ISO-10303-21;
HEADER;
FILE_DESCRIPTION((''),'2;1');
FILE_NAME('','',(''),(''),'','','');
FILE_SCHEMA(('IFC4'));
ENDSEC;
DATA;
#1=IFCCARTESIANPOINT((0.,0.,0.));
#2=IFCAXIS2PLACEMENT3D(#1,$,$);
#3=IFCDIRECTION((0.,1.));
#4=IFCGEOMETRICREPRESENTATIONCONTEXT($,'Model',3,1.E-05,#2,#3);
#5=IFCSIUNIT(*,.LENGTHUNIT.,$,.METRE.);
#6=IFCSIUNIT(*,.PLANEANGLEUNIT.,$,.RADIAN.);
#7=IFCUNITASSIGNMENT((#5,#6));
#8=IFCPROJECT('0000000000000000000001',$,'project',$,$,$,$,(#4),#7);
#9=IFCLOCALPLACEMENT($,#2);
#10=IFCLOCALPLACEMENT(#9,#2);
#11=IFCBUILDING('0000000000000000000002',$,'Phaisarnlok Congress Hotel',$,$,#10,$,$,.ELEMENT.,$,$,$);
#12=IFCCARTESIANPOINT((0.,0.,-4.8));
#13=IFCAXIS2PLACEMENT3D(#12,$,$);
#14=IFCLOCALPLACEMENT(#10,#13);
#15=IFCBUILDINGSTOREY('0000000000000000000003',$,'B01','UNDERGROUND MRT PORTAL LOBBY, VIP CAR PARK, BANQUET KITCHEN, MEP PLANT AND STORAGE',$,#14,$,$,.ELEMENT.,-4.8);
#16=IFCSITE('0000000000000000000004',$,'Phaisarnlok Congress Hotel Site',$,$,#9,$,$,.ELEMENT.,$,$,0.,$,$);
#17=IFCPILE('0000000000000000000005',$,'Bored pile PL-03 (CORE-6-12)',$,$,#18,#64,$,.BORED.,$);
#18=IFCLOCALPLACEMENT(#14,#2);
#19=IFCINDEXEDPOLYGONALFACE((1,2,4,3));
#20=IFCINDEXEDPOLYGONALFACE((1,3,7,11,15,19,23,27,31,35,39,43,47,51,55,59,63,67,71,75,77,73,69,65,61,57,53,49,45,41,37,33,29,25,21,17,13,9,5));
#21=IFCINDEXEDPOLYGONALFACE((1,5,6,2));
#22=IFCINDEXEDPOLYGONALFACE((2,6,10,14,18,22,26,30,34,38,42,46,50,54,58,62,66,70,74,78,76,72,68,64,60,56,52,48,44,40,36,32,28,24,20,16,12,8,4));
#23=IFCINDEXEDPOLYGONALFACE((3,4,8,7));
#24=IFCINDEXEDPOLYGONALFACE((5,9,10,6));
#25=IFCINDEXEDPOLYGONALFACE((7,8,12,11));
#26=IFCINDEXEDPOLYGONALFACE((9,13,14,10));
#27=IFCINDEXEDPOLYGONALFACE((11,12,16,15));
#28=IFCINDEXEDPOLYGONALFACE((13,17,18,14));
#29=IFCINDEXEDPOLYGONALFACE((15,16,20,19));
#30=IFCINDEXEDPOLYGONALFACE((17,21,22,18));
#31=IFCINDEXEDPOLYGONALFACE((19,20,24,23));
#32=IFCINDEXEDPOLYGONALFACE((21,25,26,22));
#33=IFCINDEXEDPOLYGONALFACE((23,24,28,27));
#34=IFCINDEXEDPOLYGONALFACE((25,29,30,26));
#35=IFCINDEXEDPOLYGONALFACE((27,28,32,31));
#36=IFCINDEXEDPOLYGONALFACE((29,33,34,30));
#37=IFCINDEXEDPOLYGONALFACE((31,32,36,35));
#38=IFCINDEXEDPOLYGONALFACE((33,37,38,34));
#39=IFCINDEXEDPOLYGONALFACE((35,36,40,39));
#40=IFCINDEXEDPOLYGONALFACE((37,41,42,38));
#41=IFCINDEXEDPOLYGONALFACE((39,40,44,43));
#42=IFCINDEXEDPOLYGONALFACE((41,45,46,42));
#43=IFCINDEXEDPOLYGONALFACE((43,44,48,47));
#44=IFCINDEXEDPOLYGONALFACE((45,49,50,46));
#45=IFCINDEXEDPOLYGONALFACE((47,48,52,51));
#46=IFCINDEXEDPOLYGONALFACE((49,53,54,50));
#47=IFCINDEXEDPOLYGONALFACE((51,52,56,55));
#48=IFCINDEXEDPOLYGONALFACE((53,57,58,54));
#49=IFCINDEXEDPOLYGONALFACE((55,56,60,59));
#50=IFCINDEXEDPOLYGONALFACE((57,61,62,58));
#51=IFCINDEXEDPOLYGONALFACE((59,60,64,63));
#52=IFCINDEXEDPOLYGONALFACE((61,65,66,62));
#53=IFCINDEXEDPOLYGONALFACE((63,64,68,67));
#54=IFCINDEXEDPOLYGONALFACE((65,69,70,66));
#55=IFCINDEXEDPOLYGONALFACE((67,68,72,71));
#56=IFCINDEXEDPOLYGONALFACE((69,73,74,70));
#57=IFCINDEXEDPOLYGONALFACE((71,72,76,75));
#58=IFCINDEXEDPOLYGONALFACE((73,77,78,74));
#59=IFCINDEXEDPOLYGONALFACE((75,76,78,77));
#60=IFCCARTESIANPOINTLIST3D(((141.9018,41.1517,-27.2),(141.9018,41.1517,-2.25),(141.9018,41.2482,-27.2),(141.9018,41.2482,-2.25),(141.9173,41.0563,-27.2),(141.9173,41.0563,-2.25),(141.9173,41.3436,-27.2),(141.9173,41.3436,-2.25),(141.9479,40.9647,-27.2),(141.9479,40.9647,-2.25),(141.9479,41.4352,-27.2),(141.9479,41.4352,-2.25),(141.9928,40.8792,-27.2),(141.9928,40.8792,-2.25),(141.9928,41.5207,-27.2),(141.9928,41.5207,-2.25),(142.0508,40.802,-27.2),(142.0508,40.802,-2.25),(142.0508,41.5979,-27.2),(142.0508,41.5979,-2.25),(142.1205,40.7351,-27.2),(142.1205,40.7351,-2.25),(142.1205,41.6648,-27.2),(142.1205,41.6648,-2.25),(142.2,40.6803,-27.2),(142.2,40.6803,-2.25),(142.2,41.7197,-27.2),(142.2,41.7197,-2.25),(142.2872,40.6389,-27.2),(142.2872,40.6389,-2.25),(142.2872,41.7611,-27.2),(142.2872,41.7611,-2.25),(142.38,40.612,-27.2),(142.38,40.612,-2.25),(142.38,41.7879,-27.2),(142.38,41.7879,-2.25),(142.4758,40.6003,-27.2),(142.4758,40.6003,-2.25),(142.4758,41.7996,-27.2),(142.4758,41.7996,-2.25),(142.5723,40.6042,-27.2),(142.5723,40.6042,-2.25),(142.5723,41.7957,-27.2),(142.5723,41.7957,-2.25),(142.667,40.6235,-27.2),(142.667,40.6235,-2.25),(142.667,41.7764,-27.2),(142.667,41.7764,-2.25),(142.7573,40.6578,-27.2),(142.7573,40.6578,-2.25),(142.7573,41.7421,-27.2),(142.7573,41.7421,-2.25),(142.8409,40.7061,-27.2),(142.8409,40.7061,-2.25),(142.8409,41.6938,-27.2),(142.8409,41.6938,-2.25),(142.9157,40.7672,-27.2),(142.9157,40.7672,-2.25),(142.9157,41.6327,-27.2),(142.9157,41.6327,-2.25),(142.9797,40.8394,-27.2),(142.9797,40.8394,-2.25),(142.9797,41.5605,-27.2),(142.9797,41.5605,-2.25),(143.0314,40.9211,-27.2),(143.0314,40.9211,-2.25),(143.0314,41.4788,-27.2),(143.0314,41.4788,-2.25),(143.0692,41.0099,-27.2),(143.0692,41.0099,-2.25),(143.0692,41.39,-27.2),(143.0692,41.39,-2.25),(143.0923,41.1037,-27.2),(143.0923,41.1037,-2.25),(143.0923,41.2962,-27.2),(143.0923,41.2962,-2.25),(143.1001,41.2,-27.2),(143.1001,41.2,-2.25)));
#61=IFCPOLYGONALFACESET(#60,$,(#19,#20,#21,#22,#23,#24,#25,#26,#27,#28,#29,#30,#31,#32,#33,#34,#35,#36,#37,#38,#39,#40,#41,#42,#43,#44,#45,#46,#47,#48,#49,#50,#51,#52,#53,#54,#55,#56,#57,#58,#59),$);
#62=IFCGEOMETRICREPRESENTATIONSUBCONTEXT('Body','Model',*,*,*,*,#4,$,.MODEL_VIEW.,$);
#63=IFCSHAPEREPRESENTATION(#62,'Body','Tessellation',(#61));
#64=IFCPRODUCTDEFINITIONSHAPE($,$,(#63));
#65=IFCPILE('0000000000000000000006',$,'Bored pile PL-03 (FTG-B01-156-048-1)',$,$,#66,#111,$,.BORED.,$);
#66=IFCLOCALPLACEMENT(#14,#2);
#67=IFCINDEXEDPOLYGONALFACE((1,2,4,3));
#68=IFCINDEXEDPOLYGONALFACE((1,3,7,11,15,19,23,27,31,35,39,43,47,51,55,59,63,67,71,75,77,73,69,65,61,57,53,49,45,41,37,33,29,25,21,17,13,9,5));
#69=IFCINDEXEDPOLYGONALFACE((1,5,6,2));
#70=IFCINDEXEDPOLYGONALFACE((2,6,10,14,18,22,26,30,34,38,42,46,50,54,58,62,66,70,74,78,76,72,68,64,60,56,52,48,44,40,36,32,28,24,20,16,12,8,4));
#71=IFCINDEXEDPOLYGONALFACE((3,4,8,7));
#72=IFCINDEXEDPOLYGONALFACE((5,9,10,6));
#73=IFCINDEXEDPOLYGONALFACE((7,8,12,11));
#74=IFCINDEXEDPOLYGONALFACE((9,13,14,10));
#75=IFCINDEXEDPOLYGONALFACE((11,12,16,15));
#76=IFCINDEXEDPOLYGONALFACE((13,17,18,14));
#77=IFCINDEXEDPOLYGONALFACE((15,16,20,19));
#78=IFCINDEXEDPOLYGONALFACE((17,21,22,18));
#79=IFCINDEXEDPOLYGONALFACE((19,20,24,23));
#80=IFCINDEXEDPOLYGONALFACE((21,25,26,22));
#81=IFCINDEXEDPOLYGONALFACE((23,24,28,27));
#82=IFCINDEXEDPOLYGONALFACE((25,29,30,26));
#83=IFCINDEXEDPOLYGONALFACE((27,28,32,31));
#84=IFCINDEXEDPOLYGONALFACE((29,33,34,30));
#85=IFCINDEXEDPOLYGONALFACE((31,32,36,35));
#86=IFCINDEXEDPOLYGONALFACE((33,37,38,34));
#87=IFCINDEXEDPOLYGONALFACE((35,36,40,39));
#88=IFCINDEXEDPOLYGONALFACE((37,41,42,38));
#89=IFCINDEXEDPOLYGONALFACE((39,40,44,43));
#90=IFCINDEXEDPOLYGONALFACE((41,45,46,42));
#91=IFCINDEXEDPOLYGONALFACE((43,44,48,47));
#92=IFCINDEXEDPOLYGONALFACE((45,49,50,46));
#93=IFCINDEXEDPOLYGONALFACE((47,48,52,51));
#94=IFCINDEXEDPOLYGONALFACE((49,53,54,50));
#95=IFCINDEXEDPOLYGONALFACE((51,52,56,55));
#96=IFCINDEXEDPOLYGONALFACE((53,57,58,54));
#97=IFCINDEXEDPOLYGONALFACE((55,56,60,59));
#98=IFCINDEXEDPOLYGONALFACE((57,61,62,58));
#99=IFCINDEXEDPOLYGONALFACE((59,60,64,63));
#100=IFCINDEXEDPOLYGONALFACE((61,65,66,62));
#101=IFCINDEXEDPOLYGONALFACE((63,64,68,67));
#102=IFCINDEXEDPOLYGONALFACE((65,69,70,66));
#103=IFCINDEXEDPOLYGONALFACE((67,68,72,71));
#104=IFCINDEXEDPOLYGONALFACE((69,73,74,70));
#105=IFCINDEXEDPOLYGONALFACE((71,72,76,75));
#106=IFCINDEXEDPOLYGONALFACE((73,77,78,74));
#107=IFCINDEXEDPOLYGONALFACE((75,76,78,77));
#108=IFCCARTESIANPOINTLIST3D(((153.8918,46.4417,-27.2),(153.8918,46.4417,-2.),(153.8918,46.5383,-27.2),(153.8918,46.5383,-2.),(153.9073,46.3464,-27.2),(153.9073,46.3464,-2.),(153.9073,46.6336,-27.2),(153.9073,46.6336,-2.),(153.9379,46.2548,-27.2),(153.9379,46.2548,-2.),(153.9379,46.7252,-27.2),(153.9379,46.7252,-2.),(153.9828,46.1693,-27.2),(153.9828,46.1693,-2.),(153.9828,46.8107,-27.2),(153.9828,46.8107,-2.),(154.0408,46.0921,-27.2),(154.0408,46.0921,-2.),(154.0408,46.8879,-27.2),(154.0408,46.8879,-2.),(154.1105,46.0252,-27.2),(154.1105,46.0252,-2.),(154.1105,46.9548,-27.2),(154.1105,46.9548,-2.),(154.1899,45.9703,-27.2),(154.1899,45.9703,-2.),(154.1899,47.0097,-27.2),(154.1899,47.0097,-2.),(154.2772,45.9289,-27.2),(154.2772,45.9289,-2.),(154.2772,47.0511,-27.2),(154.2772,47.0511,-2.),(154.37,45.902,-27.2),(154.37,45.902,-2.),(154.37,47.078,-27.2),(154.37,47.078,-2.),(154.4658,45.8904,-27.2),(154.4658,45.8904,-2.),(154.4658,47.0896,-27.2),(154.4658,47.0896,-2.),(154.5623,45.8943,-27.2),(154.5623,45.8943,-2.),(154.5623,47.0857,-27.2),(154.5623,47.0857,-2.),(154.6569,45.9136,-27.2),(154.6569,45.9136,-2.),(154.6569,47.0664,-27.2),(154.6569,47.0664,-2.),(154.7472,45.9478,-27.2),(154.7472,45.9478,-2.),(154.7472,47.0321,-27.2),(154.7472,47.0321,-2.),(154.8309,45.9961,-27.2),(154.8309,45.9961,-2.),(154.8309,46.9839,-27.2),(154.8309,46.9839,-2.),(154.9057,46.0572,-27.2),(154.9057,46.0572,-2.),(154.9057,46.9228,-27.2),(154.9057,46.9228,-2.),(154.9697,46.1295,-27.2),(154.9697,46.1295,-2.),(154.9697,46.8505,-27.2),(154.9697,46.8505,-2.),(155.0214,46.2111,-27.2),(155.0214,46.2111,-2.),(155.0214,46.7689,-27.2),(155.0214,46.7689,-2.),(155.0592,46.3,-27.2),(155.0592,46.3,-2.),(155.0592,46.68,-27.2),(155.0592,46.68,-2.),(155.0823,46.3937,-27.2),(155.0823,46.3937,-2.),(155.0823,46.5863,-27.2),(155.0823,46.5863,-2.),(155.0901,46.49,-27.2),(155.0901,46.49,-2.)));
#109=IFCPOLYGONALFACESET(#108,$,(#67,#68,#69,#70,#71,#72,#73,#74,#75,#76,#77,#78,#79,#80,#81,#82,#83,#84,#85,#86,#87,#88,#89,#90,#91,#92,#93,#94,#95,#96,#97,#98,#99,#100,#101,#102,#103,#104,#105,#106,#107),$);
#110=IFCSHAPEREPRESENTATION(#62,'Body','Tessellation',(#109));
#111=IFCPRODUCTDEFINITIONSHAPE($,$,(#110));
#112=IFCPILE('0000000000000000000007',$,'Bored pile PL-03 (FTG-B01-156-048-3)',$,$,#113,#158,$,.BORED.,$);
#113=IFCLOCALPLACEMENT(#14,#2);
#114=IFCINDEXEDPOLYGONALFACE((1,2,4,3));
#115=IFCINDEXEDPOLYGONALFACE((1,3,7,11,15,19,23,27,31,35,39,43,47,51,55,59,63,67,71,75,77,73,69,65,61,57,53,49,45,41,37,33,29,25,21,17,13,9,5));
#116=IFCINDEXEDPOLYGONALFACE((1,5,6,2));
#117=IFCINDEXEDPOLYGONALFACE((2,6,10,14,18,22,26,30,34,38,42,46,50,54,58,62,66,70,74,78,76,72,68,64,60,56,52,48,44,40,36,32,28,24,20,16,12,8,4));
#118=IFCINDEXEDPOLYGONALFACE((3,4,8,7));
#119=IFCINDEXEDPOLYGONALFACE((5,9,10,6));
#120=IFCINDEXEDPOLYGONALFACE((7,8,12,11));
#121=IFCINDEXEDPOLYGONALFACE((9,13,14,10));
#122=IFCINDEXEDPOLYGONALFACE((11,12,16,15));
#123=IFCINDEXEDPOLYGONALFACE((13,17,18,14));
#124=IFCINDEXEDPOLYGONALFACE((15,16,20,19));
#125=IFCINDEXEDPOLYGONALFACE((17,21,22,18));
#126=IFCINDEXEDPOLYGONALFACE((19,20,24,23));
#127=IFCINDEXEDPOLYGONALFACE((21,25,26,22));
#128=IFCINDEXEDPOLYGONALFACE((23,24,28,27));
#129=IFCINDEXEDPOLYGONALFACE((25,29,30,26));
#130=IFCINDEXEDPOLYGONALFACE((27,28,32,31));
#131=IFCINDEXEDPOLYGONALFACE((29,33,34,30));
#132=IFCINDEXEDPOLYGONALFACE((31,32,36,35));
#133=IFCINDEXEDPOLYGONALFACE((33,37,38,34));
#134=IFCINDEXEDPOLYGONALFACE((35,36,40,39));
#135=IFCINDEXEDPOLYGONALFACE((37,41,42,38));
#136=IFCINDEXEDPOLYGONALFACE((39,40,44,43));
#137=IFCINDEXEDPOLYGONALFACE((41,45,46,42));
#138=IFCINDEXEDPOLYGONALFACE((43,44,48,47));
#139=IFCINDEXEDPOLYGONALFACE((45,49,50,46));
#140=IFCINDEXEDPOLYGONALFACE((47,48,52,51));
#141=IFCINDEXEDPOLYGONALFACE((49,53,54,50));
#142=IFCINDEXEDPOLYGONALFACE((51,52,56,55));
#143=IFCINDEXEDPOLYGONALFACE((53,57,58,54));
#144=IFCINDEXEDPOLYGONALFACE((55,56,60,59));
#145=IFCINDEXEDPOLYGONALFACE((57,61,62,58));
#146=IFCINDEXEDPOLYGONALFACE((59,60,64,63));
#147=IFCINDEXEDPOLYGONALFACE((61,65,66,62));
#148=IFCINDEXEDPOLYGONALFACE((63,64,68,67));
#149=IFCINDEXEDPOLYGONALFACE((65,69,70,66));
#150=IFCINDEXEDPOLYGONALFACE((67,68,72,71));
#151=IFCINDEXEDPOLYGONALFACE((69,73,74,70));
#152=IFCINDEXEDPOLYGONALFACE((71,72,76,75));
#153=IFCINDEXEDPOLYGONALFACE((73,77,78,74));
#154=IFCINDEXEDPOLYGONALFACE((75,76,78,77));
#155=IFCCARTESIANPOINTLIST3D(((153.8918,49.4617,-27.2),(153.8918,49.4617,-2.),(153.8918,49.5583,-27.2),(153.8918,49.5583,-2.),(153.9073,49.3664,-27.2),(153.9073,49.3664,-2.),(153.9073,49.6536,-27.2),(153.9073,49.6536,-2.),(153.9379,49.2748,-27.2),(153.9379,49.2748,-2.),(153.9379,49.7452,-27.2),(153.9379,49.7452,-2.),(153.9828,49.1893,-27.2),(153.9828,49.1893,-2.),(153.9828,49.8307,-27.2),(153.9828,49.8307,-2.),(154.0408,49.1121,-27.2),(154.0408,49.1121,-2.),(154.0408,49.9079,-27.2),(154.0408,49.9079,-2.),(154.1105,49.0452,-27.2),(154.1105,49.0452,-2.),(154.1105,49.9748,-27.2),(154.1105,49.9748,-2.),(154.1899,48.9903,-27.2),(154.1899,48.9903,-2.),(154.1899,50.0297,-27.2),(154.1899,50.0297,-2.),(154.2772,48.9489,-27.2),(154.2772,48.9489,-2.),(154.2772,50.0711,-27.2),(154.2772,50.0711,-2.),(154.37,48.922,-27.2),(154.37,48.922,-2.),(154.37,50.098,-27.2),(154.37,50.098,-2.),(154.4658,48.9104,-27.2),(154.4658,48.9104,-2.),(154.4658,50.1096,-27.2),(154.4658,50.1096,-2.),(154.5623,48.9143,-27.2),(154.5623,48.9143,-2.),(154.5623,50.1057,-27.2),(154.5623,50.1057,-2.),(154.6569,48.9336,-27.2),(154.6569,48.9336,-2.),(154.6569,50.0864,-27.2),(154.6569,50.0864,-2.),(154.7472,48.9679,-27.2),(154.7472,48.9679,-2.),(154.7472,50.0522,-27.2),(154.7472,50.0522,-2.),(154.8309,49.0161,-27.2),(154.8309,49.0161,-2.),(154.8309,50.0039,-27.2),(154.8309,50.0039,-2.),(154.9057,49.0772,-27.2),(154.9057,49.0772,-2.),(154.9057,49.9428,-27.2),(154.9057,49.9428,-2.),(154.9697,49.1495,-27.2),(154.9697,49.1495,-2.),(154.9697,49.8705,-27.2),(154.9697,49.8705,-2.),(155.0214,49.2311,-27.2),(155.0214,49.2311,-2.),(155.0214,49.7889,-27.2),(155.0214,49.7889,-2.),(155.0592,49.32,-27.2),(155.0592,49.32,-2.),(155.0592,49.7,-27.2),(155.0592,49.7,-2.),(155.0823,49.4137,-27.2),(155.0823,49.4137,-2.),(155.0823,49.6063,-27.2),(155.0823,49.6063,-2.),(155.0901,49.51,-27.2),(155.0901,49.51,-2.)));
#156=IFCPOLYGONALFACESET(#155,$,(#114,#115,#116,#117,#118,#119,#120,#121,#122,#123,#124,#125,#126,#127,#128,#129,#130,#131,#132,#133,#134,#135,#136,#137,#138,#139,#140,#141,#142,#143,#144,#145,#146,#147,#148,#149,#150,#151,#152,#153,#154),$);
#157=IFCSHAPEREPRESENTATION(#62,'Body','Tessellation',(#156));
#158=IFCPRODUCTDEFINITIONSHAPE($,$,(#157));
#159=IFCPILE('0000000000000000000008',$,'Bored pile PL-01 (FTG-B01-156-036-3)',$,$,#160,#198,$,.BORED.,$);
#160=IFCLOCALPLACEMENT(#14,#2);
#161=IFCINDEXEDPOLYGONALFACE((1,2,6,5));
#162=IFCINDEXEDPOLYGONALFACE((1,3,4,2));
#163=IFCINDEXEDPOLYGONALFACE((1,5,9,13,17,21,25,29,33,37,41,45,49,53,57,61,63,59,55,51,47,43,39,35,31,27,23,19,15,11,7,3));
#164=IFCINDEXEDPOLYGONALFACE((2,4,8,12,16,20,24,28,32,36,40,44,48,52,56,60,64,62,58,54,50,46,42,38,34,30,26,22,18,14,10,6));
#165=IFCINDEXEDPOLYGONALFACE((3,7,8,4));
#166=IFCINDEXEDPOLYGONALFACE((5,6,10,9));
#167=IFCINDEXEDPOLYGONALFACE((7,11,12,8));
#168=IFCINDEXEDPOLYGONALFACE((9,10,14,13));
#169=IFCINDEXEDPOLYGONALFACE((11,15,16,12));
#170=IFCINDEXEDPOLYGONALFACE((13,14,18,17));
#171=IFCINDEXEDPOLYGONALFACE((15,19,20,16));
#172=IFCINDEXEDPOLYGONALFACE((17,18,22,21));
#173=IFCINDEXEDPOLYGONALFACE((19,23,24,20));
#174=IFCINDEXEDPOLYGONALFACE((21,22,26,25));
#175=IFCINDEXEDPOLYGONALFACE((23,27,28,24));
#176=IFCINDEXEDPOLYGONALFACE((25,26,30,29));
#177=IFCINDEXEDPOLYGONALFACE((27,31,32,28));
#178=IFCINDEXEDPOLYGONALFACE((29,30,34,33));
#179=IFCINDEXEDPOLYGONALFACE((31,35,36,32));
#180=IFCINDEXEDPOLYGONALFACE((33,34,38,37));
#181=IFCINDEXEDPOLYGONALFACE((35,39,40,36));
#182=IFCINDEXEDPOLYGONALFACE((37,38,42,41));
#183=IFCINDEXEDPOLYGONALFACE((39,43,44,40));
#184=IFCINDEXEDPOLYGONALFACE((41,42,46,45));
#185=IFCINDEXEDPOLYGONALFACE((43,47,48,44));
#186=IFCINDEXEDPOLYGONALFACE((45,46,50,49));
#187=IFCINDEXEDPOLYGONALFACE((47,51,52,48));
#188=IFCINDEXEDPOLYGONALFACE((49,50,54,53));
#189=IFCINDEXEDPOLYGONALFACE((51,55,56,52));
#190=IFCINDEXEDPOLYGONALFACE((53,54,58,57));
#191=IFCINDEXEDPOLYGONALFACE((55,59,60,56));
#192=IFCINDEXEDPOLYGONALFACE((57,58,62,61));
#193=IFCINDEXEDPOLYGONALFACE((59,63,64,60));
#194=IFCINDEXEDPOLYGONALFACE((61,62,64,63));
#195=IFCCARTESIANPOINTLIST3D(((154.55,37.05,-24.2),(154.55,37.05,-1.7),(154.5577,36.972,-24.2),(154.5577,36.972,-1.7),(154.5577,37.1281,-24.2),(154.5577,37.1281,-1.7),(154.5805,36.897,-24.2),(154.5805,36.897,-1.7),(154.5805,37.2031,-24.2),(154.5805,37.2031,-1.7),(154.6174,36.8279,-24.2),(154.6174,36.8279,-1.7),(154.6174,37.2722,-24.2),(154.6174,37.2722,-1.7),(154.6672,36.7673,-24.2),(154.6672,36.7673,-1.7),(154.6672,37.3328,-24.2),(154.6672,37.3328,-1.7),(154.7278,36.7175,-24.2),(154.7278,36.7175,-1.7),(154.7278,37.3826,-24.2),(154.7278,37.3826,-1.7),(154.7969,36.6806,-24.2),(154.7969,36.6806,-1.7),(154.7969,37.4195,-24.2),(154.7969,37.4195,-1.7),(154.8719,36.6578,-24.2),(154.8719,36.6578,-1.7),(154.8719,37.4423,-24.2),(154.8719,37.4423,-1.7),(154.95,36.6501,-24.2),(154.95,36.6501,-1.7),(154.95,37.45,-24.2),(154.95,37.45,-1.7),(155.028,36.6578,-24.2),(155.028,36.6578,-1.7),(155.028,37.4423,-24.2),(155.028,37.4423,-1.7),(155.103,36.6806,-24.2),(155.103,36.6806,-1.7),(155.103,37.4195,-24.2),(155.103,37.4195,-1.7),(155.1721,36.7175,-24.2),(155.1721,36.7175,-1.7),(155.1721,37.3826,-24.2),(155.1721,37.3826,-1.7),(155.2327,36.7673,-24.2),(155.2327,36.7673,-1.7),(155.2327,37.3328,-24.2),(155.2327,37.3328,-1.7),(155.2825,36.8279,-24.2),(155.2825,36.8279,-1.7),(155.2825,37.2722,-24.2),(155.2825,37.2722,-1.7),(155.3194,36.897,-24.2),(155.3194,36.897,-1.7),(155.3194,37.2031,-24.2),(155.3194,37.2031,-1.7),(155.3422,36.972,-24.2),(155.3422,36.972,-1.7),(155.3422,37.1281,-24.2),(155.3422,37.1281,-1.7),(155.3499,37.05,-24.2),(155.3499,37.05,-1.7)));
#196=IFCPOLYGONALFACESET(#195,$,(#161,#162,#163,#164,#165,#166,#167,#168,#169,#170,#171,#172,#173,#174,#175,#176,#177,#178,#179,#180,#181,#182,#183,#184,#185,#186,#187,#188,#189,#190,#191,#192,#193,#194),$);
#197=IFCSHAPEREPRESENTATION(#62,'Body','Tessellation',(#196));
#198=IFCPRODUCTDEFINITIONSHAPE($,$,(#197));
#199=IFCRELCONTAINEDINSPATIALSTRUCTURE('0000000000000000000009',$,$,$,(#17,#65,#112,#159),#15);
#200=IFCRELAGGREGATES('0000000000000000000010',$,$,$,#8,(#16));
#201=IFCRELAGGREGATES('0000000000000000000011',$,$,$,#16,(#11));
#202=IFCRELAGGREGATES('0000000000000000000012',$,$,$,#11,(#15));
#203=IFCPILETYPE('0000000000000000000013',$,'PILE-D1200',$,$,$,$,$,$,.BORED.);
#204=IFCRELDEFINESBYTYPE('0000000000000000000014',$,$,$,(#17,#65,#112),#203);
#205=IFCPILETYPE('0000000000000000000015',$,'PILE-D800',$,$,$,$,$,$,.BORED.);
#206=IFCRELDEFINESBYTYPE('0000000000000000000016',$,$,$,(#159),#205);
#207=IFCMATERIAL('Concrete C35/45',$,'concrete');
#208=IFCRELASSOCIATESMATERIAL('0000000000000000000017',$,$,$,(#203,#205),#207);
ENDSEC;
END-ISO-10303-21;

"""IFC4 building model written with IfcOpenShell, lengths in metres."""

from ifc_helpers import new_model, si_unit, direction, frame, origin, origin_2d, place, context, subcontext, project, spatial, circle, extrude, material, material_profile, profile_set, type_object, element, save


model = new_model("IFC4")

# Units and contexts
model_context = context("Model", 3, precision=1e-05, world=origin(), true_north=direction((0.0, 1.0)))
body_context = subcontext(model_context, "Body", "Model", "MODEL_VIEW")
ifc_project = project(units=[si_unit("LENGTHUNIT", "METRE"), si_unit("PLANEANGLEUNIT", "RADIAN")], contexts=[model_context])

# Site, building, storey
site_placement = place(None, origin())
site = spatial("IfcSite", under=ifc_project, at=site_placement, Name="Phaisarnlok Congress Hotel Site", CompositionType="ELEMENT", RefElevation=0.0)
building_placement = place(site_placement, origin())
building = spatial("IfcBuilding", under=site, at=building_placement, Name="Phaisarnlok Congress Hotel", CompositionType="ELEMENT")
storey_placement = place(building_placement, frame((0.0, 0.0, -4.8)))
storey = spatial("IfcBuildingStorey", under=building, at=storey_placement, Name="B01", Description="UNDERGROUND MRT PORTAL LOBBY, VIP CAR PARK, BANQUET KITCHEN, MEP PLANT AND STORAGE", CompositionType="ELEMENT", Elevation=-4.8)

# Piles
ifc_material_1 = material(Name="Concrete C35/45", Category="concrete")
ifc_material_profile_1 = material_profile(ifc_material_1, circle(Radius=0.6001, at=origin_2d()), Name="BORED PILE D1200")
ifc_profile_set_1 = profile_set([ifc_material_profile_1], Name="Concrete C35/45")
pile_type_1 = type_object("IfcPileType", Name="PILE-D1200", PredefinedType="BORED", material=ifc_profile_set_1)
for number, where, z_axis, x_axis, name in (
    (1, (142.5, 41.2, -2.25), (0.0, 0.0, -1.0), (1.0, 0.0, 0.0), "Bored pile PL-03 (CORE-6-12)"),
):
    element("IfcPile", number, at=place(storey_placement, frame(where, z_axis=z_axis, x_axis=x_axis)), inside=storey, type_object=pile_type_1, Name=name, PredefinedType="BORED", context=body_context, shape_type="SweptSolid", body=[
        extrude(circle(Radius=0.6001, at=origin_2d()), origin(), (0.0, 0.0, 1.0), 24.95),
    ])
for number, where, z_axis, x_axis, name in (
    (2, (154.49, 46.49, -2.0), (0.0, 0.0, -1.0), (1.0, 0.0, 0.0), "Bored pile PL-03 (FTG-B01-156-048-1)"),
    (3, (154.49, 49.51, -2.0), (0.0, 0.0, -1.0), (1.0, 0.0, 0.0), "Bored pile PL-03 (FTG-B01-156-048-3)"),
):
    element("IfcPile", number, at=place(storey_placement, frame(where, z_axis=z_axis, x_axis=x_axis)), inside=storey, type_object=pile_type_1, Name=name, PredefinedType="BORED", context=body_context, shape_type="SweptSolid", body=[
        extrude(circle(Radius=0.6001, at=origin_2d()), origin(), (0.0, 0.0, 1.0), 25.2),
    ])
ifc_material_profile_2 = material_profile(ifc_material_1, circle(Radius=0.3999, at=origin_2d()), Name="BORED PILE D800")
ifc_profile_set_2 = profile_set([ifc_material_profile_2], Name="Concrete C35/45")
pile_type_2 = type_object("IfcPileType", Name="PILE-D800", PredefinedType="BORED", material=ifc_profile_set_2)
pile_placement = place(storey_placement, frame((154.95, 37.05, -1.7), z_axis=(0.0, 0.0, -1.0), x_axis=(1.0, 0.0, 0.0)))
element("IfcPile", 4, at=pile_placement, inside=storey, type_object=pile_type_2, Name="Bored pile PL-01 (FTG-B01-156-036-3)", PredefinedType="BORED", context=body_context, shape_type="SweptSolid", body=[
    extrude(circle(Radius=0.3999, at=origin_2d()), origin(), (0.0, 0.0, 1.0), 22.5),
])

save(model, "model.ifc")
